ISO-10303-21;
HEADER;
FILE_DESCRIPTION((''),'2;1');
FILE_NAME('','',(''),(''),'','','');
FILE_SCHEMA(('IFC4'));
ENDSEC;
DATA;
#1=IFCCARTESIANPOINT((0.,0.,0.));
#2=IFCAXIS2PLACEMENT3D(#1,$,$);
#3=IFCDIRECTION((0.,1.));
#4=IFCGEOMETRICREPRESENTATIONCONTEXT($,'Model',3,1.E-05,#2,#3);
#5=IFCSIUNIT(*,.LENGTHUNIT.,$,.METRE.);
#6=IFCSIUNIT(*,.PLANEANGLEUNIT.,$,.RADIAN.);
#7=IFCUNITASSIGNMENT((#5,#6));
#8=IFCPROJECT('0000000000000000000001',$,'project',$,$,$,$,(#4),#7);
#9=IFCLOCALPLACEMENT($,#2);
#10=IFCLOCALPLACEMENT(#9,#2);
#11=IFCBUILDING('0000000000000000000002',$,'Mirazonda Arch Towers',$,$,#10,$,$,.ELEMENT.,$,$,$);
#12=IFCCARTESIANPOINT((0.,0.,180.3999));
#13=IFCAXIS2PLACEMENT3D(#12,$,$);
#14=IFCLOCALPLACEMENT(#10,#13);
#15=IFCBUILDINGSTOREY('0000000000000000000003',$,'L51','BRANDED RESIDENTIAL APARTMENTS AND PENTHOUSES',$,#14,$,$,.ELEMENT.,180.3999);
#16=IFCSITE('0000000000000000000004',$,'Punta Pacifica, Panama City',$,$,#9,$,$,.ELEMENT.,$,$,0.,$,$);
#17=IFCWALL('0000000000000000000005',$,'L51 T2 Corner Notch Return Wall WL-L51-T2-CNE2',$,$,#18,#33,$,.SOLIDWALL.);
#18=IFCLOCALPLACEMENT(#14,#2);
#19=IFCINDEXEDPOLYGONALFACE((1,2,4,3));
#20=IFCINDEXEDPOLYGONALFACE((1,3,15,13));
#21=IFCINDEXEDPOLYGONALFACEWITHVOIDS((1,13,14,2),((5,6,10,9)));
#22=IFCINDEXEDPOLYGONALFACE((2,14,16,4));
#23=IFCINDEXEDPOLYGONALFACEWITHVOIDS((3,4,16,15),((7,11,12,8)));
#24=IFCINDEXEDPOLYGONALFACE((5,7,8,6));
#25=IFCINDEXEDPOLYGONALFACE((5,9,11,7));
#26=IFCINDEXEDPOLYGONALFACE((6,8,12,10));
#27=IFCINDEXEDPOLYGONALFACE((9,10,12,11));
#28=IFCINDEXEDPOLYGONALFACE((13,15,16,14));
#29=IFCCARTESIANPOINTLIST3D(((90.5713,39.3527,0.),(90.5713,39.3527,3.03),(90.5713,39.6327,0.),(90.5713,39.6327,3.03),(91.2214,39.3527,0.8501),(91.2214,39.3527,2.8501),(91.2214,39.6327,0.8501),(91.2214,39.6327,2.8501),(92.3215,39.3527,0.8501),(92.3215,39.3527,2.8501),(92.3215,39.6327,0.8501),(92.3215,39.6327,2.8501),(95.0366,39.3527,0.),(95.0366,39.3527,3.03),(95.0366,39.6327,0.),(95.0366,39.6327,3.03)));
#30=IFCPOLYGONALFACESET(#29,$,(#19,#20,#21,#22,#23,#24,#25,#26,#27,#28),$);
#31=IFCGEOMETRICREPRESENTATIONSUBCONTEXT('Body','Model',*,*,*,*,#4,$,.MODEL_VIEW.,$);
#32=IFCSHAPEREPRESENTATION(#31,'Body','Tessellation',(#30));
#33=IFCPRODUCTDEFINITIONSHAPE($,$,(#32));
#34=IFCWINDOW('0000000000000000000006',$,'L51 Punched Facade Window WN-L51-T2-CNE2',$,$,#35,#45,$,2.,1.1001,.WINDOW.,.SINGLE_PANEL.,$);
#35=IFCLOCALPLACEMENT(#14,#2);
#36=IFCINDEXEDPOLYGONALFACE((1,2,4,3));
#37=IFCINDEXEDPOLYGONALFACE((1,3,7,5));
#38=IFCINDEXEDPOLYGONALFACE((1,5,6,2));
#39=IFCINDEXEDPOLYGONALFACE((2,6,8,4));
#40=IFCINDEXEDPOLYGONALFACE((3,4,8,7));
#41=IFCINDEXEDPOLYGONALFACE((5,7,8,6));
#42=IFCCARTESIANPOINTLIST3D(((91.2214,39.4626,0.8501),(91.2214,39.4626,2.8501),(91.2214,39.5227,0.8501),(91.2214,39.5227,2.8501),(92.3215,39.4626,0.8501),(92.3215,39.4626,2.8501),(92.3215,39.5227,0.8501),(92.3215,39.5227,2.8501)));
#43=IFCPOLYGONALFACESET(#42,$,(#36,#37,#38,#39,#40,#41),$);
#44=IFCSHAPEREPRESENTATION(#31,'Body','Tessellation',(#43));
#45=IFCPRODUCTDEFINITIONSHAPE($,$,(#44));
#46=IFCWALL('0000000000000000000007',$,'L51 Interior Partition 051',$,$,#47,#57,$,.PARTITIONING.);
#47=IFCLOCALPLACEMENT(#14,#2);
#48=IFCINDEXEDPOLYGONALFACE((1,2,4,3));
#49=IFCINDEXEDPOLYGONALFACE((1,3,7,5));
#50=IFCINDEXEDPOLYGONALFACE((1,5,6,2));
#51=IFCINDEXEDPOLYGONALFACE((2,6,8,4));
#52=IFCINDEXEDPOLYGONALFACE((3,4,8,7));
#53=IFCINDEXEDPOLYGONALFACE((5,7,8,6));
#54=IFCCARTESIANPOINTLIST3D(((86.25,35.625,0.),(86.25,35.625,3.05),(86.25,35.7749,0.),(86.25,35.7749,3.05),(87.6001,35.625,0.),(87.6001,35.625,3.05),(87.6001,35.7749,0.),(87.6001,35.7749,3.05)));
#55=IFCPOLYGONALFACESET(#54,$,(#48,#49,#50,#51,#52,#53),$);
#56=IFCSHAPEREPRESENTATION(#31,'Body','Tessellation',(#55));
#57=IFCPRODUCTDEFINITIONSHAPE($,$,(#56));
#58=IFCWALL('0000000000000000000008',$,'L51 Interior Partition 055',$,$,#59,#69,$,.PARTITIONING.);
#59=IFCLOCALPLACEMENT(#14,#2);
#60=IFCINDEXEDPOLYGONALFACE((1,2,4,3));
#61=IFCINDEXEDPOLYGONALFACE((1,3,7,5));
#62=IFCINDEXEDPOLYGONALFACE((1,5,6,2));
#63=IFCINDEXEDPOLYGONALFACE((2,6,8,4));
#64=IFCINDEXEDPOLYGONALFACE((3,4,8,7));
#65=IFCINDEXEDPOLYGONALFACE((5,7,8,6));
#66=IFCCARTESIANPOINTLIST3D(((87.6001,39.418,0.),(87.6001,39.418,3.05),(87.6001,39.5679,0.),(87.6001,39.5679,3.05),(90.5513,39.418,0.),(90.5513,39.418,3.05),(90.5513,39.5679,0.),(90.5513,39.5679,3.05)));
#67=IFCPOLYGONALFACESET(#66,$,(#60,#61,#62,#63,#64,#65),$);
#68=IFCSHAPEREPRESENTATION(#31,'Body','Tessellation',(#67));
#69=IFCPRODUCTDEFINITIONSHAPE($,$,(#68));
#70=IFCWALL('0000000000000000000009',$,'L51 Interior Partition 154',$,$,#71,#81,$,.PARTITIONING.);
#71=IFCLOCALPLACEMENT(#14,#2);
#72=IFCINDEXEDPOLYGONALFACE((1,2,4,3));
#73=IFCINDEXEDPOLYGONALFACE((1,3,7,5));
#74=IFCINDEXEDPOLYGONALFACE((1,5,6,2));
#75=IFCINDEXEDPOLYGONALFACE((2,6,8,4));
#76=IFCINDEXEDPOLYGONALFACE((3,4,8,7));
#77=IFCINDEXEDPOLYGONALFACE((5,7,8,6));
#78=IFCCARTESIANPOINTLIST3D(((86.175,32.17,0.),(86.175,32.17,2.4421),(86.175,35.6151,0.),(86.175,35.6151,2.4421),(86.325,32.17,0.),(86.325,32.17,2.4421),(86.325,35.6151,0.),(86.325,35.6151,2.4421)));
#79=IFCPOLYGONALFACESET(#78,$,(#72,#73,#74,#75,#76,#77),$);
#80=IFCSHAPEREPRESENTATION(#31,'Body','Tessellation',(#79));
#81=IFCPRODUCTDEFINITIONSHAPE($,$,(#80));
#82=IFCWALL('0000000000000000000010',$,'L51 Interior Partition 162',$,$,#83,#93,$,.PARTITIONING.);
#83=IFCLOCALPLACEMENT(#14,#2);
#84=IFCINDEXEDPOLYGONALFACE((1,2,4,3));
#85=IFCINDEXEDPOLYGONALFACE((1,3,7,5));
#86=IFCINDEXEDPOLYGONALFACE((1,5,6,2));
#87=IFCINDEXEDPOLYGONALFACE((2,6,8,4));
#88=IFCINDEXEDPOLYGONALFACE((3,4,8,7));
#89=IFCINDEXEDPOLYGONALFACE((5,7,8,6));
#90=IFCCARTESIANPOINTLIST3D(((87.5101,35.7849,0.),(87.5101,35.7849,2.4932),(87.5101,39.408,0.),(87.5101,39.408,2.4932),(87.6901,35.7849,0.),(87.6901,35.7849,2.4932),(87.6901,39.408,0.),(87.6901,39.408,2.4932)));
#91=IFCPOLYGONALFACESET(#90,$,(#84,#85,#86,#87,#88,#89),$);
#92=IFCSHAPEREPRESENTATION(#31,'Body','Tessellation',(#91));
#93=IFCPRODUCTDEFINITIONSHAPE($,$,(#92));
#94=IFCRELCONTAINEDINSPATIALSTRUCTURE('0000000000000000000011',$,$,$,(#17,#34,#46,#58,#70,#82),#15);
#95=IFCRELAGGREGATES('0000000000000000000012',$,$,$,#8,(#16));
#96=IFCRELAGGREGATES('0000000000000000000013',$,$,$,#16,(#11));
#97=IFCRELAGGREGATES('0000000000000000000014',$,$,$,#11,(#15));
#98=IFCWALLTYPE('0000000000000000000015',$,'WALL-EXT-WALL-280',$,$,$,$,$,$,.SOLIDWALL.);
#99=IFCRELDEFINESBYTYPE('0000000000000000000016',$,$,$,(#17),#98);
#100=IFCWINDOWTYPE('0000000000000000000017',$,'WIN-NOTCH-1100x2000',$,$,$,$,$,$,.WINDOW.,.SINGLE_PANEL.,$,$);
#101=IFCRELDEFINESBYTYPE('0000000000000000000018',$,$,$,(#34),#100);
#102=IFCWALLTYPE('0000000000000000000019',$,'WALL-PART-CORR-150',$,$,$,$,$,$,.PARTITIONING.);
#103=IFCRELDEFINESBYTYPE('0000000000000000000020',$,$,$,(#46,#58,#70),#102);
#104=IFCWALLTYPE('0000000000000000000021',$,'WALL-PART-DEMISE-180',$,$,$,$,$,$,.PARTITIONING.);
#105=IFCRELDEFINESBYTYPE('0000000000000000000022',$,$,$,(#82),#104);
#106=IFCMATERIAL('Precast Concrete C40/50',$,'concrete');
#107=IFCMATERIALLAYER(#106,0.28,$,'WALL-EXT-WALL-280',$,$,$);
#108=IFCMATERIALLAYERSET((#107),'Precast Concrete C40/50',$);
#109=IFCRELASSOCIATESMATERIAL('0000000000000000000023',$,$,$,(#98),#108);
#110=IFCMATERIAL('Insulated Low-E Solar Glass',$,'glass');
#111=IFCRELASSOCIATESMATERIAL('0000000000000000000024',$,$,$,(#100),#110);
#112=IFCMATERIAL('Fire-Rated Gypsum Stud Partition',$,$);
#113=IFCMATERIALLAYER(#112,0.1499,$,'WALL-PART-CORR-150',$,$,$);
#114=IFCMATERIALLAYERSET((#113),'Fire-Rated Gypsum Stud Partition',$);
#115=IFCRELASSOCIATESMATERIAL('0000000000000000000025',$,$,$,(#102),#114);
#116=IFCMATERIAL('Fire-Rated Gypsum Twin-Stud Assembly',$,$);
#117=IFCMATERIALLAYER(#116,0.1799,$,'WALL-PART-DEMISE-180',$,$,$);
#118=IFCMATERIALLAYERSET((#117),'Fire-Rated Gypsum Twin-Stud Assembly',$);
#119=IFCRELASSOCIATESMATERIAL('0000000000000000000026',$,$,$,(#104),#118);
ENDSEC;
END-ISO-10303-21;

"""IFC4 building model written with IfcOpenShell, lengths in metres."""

from ifc_helpers import new_model, si_unit, direction, frame, frame_2d, origin, place, context, subcontext, project, spatial, rectangle, extrude, material, layer, layer_set, type_object, element, fill, save


model = new_model("IFC4")

# Units and contexts
model_context = context("Model", 3, precision=1e-05, world=origin(), true_north=direction((0.0, 1.0)))
body_context = subcontext(model_context, "Body", "Model", "MODEL_VIEW")
ifc_project = project(units=[si_unit("LENGTHUNIT", "METRE"), si_unit("PLANEANGLEUNIT", "RADIAN")], contexts=[model_context])

# Site, building, storey
site_placement = place(None, origin())
site = spatial("IfcSite", under=ifc_project, at=site_placement, Name="Punta Pacifica, Panama City", CompositionType="ELEMENT", RefElevation=0.0)
building_placement = place(site_placement, origin())
building = spatial("IfcBuilding", under=site, at=building_placement, Name="Mirazonda Arch Towers", CompositionType="ELEMENT")
storey_placement = place(building_placement, frame((0.0, 0.0, 180.3999)))
storey = spatial("IfcBuildingStorey", under=building, at=storey_placement, Name="L51", Description="BRANDED RESIDENTIAL APARTMENTS AND PENTHOUSES", CompositionType="ELEMENT", Elevation=180.3999)

# Shared definitions
ifc_material_1 = material(Name="Insulated Low-E Solar Glass", Category="glass")

# Wall, opening, window
ifc_material_2 = material(Name="Precast Concrete C40/50", Category="concrete")
ifc_layer_1 = layer(ifc_material_2, 0.28, Name="WALL-EXT-WALL-280")
ifc_layer_set_1 = layer_set([ifc_layer_1], Name="Precast Concrete C40/50")
wall_type_1 = type_object("IfcWallType", Name="WALL-EXT-WALL-280", PredefinedType="SOLIDWALL", material=ifc_layer_set_1)
window_type = type_object("IfcWindowType", Name="WIN-NOTCH-1100x2000", PartitioningType="SINGLE_PANEL", PredefinedType="WINDOW", material=ifc_material_1)
wall_1_placement = place(storey_placement, frame((95.0366, 39.4927, 0.0), z_axis=(0.0, 0.0, 1.0), x_axis=(-1.0, 0.0, 0.0)))
wall_1 = element("IfcWall", 1, at=wall_1_placement, inside=storey, type_object=wall_type_1, Name="L51 T2 Corner Notch Return Wall WL-L51-T2-CNE2", PredefinedType="SOLIDWALL", context=body_context, shape_type="SweptSolid", body=[
    extrude(rectangle(XDim=4.4653, YDim=0.28, at=frame_2d((2.2327, 0.0))), origin(), (0.0, 0.0, 1.0), 3.03),
])
opening_1_placement = place(wall_1_placement, frame((2.7151, 0.0, 0.8501)))
opening_1 = element("IfcOpeningElement", 2, at=opening_1_placement, cuts=wall_1, PredefinedType="OPENING", context=body_context, shape_type="SweptSolid", body=[
    extrude(rectangle(XDim=1.1001, YDim=2.0, at=frame_2d((0.55, 1.0))), frame((0.0, 0.1499, 0.0), z_axis=(0.0, -1.0, 0.0), x_axis=(1.0, 0.0, 0.0)), (0.0, 0.0, 1.0), 0.3),
])
window_1_placement = place(opening_1_placement, origin())
window_1 = element("IfcWindow", 3, at=window_1_placement, inside=storey, type_object=window_type, Name="L51 Punched Facade Window WN-L51-T2-CNE2", OverallHeight=2.0, OverallWidth=1.1001, PartitioningType="SINGLE_PANEL", PredefinedType="WINDOW", context=body_context, shape_type="SweptSolid", body=[
    extrude(rectangle(XDim=1.1001, YDim=2.0, at=frame_2d((0.55, 1.0))), frame((0.0, 0.03, 0.0), z_axis=(0.0, -1.0, 0.0), x_axis=(1.0, 0.0, 0.0)), (0.0, 0.0, 1.0), 0.0601),
])
fill(opening_1, window_1)

# Walls
ifc_material_3 = material(Name="Fire-Rated Gypsum Stud Partition")
ifc_layer_2 = layer(ifc_material_3, 0.1499, Name="WALL-PART-CORR-150")
ifc_layer_set_2 = layer_set([ifc_layer_2], Name="Fire-Rated Gypsum Stud Partition")
wall_type_2 = type_object("IfcWallType", Name="WALL-PART-CORR-150", PredefinedType="PARTITIONING", material=ifc_layer_set_2)
wall_2_placement = place(storey_placement, frame((86.25, 35.7, 0.0), z_axis=(0.0, 0.0, 1.0), x_axis=(1.0, 0.0, 0.0)))
element("IfcWall", 4, at=wall_2_placement, inside=storey, type_object=wall_type_2, Name="L51 Interior Partition 051", PredefinedType="PARTITIONING", context=body_context, shape_type="SweptSolid", body=[
    extrude(rectangle(XDim=1.3501, YDim=0.1499, at=frame_2d((0.675, 0.0))), origin(), (0.0, 0.0, 1.0), 3.05),
])
wall_3_placement = place(storey_placement, frame((87.6001, 39.4929, 0.0), z_axis=(0.0, 0.0, 1.0), x_axis=(1.0, 0.0, 0.0)))
element("IfcWall", 5, at=wall_3_placement, inside=storey, type_object=wall_type_2, Name="L51 Interior Partition 055", PredefinedType="PARTITIONING", context=body_context, shape_type="SweptSolid", body=[
    extrude(rectangle(XDim=2.9512, YDim=0.1499, at=frame_2d((1.4756, 0.0))), origin(), (0.0, 0.0, 1.0), 3.05),
])
wall_4_placement = place(storey_placement, frame((86.25, 32.1699, 0.0), z_axis=(0.0, 0.0, 1.0), x_axis=(0.0, 1.0, 0.0)))
element("IfcWall", 6, at=wall_4_placement, inside=storey, type_object=wall_type_2, Name="L51 Interior Partition 154", PredefinedType="PARTITIONING", context=body_context, shape_type="SweptSolid", body=[
    extrude(rectangle(XDim=3.4451, YDim=0.1499, at=frame_2d((1.7227, 0.0))), origin(), (0.0, 0.0, 1.0), 2.4421),
])
ifc_material_4 = material(Name="Fire-Rated Gypsum Twin-Stud Assembly")
ifc_layer_3 = layer(ifc_material_4, 0.1799, Name="WALL-PART-DEMISE-180")
ifc_layer_set_3 = layer_set([ifc_layer_3], Name="Fire-Rated Gypsum Twin-Stud Assembly")
wall_type_3 = type_object("IfcWallType", Name="WALL-PART-DEMISE-180", PredefinedType="PARTITIONING", material=ifc_layer_set_3)
wall_5_placement = place(storey_placement, frame((87.6001, 35.7849, 0.0), z_axis=(0.0, 0.0, 1.0), x_axis=(0.0, 1.0, 0.0)))
element("IfcWall", 7, at=wall_5_placement, inside=storey, type_object=wall_type_3, Name="L51 Interior Partition 162", PredefinedType="PARTITIONING", context=body_context, shape_type="SweptSolid", body=[
    extrude(rectangle(XDim=3.623, YDim=0.1799, at=frame_2d((1.8115, 0.0))), origin(), (0.0, 0.0, 1.0), 2.4932),
])

save(model, "model.ifc")
